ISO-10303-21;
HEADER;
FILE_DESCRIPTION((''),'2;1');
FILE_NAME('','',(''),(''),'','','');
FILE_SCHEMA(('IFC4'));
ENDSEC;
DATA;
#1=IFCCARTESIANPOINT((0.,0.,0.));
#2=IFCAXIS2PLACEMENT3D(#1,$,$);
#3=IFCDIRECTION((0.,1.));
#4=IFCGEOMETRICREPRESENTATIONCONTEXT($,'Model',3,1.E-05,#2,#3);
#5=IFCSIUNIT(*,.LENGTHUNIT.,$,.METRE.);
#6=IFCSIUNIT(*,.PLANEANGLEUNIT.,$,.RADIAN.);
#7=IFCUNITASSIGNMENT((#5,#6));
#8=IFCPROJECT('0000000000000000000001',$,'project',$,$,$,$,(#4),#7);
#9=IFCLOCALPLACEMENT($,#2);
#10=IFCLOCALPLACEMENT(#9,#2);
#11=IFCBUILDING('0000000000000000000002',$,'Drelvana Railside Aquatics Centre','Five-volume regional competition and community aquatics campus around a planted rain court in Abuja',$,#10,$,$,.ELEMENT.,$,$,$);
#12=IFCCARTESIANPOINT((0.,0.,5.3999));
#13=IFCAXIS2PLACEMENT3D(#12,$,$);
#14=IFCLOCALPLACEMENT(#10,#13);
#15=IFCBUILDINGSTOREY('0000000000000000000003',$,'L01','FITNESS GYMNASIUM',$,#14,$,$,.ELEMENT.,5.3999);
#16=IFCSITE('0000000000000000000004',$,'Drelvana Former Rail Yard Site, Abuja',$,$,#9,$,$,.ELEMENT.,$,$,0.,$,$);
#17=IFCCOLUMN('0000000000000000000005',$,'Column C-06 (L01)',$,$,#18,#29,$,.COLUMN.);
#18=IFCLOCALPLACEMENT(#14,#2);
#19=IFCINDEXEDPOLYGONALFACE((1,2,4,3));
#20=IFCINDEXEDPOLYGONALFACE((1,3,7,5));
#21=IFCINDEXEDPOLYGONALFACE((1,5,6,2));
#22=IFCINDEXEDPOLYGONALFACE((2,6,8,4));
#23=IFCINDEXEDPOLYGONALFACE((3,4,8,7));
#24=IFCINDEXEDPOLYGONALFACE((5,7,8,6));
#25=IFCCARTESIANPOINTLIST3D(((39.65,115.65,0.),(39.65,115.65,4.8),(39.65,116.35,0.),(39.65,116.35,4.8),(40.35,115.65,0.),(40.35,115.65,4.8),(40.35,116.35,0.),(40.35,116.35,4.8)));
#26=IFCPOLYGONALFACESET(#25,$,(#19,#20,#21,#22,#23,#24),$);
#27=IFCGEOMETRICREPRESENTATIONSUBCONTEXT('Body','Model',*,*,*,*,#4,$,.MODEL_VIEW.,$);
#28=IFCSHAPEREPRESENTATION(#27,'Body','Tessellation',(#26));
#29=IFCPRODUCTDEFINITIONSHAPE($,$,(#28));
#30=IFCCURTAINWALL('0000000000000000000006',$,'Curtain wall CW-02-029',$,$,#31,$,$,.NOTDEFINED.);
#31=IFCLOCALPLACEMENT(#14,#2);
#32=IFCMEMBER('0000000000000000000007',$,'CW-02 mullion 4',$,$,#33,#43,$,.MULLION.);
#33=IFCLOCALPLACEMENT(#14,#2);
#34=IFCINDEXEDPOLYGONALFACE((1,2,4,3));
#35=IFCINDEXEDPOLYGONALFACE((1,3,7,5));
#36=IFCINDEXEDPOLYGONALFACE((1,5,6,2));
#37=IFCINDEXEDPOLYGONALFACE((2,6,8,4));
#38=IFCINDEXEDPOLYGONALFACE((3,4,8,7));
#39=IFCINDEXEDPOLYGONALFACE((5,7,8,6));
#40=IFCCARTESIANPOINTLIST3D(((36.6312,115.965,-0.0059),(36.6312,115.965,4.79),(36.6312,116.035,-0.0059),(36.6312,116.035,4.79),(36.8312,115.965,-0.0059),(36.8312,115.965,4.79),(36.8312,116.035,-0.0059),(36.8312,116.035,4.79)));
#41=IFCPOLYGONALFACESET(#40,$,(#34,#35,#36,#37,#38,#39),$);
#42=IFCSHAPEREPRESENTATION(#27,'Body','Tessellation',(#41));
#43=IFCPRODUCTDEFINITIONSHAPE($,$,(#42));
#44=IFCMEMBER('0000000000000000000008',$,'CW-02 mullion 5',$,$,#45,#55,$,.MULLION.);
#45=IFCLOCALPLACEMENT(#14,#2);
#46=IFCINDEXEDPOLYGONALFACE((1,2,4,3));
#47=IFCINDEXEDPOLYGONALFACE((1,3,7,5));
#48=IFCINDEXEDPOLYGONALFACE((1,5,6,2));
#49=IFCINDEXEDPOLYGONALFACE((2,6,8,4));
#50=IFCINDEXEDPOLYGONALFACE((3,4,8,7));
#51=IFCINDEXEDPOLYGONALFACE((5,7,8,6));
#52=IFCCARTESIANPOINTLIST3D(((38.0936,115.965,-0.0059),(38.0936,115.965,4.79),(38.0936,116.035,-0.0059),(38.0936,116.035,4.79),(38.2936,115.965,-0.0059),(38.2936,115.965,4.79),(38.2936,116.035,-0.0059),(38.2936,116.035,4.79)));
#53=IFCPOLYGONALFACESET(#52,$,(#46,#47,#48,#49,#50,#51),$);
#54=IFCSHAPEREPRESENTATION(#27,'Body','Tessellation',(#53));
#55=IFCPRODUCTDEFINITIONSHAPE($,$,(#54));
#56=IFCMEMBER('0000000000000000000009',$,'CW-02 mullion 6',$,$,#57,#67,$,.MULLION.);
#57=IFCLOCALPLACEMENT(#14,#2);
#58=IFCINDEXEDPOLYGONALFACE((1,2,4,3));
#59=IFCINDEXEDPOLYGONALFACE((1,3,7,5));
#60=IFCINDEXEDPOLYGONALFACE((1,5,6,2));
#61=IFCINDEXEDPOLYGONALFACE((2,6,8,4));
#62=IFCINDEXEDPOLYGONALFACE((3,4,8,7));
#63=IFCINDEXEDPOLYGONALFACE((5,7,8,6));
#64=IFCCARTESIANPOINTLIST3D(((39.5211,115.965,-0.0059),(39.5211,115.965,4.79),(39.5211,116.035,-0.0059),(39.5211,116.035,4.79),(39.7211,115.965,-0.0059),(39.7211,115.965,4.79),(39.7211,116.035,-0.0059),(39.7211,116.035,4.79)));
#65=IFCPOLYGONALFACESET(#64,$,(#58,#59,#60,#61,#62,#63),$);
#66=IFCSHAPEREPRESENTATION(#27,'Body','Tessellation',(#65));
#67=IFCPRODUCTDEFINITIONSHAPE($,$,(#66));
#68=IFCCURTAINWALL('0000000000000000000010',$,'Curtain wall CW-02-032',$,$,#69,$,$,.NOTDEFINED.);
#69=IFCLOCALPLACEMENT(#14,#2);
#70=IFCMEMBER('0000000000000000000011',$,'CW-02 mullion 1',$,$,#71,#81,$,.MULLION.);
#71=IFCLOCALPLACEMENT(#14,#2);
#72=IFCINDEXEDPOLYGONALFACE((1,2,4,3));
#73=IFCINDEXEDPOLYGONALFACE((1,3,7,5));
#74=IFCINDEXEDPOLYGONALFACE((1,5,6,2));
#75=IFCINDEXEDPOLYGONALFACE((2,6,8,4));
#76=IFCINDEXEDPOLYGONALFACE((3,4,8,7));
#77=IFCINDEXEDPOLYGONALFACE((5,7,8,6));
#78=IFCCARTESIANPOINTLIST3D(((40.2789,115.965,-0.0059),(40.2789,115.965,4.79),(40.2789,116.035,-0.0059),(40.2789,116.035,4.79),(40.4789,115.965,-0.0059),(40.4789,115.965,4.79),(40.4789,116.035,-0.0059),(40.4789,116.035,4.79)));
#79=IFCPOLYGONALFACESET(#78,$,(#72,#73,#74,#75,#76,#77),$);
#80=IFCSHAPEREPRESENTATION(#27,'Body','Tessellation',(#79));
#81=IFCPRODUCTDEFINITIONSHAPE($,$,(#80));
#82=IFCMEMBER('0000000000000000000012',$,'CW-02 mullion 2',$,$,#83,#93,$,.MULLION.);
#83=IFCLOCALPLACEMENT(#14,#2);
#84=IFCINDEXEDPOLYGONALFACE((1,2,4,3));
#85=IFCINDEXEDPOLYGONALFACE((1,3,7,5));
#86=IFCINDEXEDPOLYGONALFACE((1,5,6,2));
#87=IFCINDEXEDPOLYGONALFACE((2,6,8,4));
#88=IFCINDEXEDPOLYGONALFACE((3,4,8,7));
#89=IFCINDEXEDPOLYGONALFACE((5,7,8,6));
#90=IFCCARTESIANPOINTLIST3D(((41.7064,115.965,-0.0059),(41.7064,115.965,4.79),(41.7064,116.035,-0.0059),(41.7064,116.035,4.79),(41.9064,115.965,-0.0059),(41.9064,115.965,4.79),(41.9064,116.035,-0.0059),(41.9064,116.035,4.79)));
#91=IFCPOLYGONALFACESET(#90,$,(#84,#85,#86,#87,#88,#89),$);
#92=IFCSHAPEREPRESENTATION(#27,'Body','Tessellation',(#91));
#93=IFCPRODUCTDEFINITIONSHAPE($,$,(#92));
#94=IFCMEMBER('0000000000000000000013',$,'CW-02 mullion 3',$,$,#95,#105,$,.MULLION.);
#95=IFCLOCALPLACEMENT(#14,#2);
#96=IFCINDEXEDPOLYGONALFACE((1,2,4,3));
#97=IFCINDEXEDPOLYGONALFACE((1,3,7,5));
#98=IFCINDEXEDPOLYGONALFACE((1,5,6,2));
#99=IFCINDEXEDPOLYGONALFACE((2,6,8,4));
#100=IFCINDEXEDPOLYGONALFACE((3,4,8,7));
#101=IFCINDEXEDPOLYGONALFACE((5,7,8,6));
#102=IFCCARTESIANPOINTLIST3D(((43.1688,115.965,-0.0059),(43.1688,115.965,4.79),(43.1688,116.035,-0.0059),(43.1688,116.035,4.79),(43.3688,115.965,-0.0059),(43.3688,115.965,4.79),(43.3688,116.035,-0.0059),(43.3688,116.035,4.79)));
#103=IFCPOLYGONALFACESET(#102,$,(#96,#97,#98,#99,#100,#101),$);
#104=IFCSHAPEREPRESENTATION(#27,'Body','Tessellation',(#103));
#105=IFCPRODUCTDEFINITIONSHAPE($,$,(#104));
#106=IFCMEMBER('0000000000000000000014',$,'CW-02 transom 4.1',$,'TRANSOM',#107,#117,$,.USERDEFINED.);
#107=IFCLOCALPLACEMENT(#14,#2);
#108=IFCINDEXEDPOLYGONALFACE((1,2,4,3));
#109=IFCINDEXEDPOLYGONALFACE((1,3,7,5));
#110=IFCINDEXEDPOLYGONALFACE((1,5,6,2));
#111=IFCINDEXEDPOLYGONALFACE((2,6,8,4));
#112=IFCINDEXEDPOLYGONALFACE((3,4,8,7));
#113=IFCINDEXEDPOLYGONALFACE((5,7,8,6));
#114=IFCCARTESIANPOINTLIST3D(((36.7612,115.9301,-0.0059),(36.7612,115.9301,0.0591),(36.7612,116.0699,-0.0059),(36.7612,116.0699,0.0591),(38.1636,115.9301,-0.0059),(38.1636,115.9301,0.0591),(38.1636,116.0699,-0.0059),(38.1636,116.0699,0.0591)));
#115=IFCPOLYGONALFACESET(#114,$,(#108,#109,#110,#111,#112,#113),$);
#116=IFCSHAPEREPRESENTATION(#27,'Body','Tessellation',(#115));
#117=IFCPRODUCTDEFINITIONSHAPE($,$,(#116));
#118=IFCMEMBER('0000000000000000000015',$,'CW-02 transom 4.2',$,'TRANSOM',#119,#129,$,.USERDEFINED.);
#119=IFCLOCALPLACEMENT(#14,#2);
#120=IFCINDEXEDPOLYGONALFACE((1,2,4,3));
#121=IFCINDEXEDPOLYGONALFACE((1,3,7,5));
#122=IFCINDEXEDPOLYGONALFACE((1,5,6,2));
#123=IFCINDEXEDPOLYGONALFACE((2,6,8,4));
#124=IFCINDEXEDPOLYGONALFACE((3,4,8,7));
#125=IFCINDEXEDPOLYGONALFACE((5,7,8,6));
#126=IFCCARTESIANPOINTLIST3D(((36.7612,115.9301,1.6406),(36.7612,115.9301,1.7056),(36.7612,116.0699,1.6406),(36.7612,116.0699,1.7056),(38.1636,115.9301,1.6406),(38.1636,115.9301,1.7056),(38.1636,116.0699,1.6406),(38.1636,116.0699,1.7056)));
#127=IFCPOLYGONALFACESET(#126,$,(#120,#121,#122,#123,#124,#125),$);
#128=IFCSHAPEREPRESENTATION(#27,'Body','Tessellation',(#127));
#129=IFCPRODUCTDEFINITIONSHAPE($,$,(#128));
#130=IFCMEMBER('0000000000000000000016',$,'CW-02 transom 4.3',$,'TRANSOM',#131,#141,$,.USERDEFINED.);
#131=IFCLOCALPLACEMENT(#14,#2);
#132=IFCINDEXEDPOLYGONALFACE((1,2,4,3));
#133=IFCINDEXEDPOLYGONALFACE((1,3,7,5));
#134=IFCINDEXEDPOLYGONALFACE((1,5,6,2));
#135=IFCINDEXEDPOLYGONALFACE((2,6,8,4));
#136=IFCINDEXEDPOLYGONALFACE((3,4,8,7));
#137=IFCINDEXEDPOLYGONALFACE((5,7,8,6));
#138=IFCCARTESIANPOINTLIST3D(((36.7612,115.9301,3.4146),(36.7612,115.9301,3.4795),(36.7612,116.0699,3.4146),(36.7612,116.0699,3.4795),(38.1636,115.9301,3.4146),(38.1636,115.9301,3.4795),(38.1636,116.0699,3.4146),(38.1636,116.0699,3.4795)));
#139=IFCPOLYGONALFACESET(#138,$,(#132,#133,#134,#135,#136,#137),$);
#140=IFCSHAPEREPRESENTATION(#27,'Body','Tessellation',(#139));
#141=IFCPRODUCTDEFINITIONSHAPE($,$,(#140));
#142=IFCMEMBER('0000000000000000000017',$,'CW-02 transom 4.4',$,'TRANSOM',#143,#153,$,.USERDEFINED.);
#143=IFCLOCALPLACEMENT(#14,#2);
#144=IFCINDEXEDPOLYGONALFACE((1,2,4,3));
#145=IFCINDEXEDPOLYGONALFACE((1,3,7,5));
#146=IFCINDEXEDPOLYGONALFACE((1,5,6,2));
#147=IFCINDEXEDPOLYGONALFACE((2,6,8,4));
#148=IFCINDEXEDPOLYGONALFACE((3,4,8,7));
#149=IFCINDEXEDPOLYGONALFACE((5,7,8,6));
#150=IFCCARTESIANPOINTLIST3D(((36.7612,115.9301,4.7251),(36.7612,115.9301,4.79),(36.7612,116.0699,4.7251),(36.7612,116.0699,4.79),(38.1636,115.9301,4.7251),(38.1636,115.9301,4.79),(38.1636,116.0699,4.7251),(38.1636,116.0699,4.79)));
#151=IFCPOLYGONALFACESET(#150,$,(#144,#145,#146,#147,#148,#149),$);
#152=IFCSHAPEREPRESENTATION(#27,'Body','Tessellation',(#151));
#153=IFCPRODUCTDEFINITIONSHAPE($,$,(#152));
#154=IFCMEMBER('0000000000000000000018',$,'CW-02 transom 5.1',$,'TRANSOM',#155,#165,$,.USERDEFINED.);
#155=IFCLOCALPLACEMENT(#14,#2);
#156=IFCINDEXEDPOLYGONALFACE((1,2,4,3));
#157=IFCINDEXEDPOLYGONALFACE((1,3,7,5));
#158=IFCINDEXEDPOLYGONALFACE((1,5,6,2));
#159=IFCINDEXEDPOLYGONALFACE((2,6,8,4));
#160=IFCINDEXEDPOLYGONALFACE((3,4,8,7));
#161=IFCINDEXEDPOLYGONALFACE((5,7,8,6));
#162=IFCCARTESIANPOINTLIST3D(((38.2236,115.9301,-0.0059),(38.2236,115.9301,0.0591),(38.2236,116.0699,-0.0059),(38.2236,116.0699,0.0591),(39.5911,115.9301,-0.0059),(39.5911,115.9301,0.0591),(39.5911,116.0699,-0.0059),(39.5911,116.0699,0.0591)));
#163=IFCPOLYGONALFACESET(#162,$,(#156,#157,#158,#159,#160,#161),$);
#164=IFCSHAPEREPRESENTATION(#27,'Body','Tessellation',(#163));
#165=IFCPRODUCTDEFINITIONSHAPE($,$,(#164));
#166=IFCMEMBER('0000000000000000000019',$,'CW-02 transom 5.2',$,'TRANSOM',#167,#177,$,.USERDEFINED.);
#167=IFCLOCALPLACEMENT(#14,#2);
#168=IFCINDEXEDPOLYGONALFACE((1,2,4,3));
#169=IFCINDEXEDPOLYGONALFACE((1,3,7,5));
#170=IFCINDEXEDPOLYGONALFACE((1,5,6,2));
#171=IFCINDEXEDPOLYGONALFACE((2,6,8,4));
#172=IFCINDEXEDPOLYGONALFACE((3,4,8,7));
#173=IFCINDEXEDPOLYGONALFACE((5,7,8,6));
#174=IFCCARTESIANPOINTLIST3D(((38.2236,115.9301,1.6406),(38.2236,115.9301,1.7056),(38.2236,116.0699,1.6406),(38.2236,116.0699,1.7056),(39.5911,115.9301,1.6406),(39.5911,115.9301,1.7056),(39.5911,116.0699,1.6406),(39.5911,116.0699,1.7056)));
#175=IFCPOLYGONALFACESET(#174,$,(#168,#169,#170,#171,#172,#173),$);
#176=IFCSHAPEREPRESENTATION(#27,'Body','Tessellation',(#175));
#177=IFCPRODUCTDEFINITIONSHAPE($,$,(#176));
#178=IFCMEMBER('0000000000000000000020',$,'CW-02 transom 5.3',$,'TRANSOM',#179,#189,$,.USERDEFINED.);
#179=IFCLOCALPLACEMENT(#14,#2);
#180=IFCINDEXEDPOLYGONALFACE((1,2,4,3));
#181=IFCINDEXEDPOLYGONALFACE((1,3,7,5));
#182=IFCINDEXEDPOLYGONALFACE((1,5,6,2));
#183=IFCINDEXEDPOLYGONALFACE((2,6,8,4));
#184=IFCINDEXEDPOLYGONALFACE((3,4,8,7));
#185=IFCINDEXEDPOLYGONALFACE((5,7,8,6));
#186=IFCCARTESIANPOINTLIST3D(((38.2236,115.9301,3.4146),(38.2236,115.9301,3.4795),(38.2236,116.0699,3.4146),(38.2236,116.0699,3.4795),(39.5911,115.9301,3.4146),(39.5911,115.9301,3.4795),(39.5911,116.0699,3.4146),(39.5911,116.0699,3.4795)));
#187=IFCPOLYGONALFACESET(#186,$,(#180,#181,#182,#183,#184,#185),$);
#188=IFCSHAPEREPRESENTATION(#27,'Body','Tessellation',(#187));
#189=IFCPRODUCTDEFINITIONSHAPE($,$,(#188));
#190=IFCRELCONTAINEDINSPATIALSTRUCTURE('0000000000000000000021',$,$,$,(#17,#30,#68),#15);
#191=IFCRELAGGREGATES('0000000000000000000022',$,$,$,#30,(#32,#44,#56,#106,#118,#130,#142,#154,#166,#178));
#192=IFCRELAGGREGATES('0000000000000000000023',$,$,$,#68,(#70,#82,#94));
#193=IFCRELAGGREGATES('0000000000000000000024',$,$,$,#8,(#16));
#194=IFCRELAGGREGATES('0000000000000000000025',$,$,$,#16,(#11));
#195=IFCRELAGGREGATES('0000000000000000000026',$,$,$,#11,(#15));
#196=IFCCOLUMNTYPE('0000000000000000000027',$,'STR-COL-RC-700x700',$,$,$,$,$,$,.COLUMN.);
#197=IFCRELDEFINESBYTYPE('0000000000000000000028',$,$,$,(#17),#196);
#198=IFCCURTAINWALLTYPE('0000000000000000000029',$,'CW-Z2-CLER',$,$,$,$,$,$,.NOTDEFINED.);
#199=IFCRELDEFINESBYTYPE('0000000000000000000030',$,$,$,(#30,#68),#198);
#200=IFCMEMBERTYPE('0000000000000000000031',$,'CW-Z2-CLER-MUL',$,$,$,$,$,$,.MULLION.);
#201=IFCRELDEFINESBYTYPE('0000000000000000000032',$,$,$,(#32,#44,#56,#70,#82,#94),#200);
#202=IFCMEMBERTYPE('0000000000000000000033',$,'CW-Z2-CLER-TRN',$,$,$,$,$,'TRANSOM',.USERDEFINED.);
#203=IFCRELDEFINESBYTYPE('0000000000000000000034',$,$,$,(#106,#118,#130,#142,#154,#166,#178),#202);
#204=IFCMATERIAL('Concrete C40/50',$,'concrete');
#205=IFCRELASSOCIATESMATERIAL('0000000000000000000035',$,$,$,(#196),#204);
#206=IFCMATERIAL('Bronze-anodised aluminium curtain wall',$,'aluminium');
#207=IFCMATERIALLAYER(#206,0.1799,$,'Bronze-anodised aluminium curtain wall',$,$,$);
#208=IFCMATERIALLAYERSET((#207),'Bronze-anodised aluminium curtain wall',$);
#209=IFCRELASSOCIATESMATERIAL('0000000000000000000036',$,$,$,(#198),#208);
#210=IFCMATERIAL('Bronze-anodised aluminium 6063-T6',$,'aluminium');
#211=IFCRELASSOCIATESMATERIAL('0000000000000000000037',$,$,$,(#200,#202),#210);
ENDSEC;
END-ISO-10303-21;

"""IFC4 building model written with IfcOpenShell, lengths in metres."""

from ifc_helpers import new_model, si_unit, direction, frame, origin, origin_2d, place, context, subcontext, project, spatial, rectangle, extrude, material, layer, layer_set, material_profile, profile_set, type_object, element, aggregate, save


model = new_model("IFC4")

# Units and contexts
model_context = context("Model", 3, precision=1e-05, world=origin(), true_north=direction((0.0, 1.0)))
body_context = subcontext(model_context, "Body", "Model", "MODEL_VIEW")
ifc_project = project(units=[si_unit("LENGTHUNIT", "METRE"), si_unit("PLANEANGLEUNIT", "RADIAN")], contexts=[model_context])

# Site, building, storey
site_placement = place(None, origin())
site = spatial("IfcSite", under=ifc_project, at=site_placement, Name="Drelvana Former Rail Yard Site, Abuja", CompositionType="ELEMENT", RefElevation=0.0)
building_placement = place(site_placement, origin())
building = spatial("IfcBuilding", under=site, at=building_placement, Name="Drelvana Railside Aquatics Centre", Description="Five-volume regional competition and community aquatics campus around a planted rain court in Abuja", CompositionType="ELEMENT")
storey_placement = place(building_placement, frame((0.0, 0.0, 5.3999)))
storey = spatial("IfcBuildingStorey", under=building, at=storey_placement, Name="L01", Description="FITNESS GYMNASIUM", CompositionType="ELEMENT", Elevation=5.3999)

# Column
ifc_material_1 = material(Name="Concrete C40/50", Category="concrete")
ifc_material_profile_1 = material_profile(ifc_material_1, rectangle(XDim=0.7, YDim=0.7, at=origin_2d()), Name="RC 700x700")
ifc_profile_set_1 = profile_set([ifc_material_profile_1], Name="Concrete C40/50")
column_type = type_object("IfcColumnType", Name="STR-COL-RC-700x700", PredefinedType="COLUMN", material=ifc_profile_set_1)
column_placement = place(storey_placement, frame((40.0, 116.0, 0.0), z_axis=(0.0, 0.0, 1.0), x_axis=(1.0, 0.0, 0.0)))
element("IfcColumn", 1, at=column_placement, inside=storey, type_object=column_type, Name="Column C-06 (L01)", PredefinedType="COLUMN", context=body_context, shape_type="SweptSolid", body=[
    extrude(rectangle(XDim=0.7, YDim=0.7, at=origin_2d()), origin(), (0.0, 0.0, 1.0), 4.8),
])

# Curtain walls, members
ifc_material_2 = material(Name="Bronze-anodised aluminium curtain wall", Category="aluminium")
ifc_layer_1 = layer(ifc_material_2, 0.1799, Name="Bronze-anodised aluminium curtain wall")
ifc_layer_set_1 = layer_set([ifc_layer_1], Name="Bronze-anodised aluminium curtain wall")
curtain_wall_type = type_object("IfcCurtainWallType", Name="CW-Z2-CLER", PredefinedType="NOTDEFINED", material=ifc_layer_set_1)
curtain_wall_1_placement = place(storey_placement, origin())
curtain_wall_1 = element("IfcCurtainWall", 2, at=curtain_wall_1_placement, inside=storey, type_object=curtain_wall_type, Name="Curtain wall CW-02-029", PredefinedType="NOTDEFINED")
ifc_material_3 = material(Name="Bronze-anodised aluminium 6063-T6", Category="aluminium")
ifc_material_profile_2 = material_profile(ifc_material_3, rectangle(XDim=0.0701, YDim=0.2, at=origin_2d()), Name="ALU-M 70x200")
ifc_profile_set_2 = profile_set([ifc_material_profile_2], Name="Bronze-anodised aluminium 6063-T6")
member_type_1 = type_object("IfcMemberType", Name="CW-Z2-CLER-MUL", PredefinedType="MULLION", material=ifc_profile_set_2)
member_1_placement = place(storey_placement, frame((36.7312, 116.0, -0.0059), z_axis=(0.0, 0.0, 1.0), x_axis=(0.0, 1.0, 0.0)))
member_1 = element("IfcMember", 3, at=member_1_placement, type_object=member_type_1, Name="CW-02 mullion 4", PredefinedType="MULLION", context=body_context, shape_type="SweptSolid", body=[
    extrude(rectangle(XDim=0.0701, YDim=0.2, at=origin_2d()), origin(), (0.0, 0.0, 1.0), 4.7959),
])
member_2_placement = place(storey_placement, frame((38.1936, 116.0, -0.0059), z_axis=(0.0, 0.0, 1.0), x_axis=(0.0, 1.0, 0.0)))
member_2 = element("IfcMember", 4, at=member_2_placement, type_object=member_type_1, Name="CW-02 mullion 5", PredefinedType="MULLION", context=body_context, shape_type="SweptSolid", body=[
    extrude(rectangle(XDim=0.0701, YDim=0.2, at=origin_2d()), origin(), (0.0, 0.0, 1.0), 4.7959),
])
member_3_placement = place(storey_placement, frame((39.6211, 116.0, -0.0059), z_axis=(0.0, 0.0, 1.0), x_axis=(0.0, 1.0, 0.0)))
member_3 = element("IfcMember", 5, at=member_3_placement, type_object=member_type_1, Name="CW-02 mullion 6", PredefinedType="MULLION", context=body_context, shape_type="SweptSolid", body=[
    extrude(rectangle(XDim=0.0701, YDim=0.2, at=origin_2d()), origin(), (0.0, 0.0, 1.0), 4.7959),
])
curtain_wall_2_placement = place(storey_placement, origin())
curtain_wall_2 = element("IfcCurtainWall", 6, at=curtain_wall_2_placement, inside=storey, type_object=curtain_wall_type, Name="Curtain wall CW-02-032", PredefinedType="NOTDEFINED")
member_4_placement = place(storey_placement, frame((40.3789, 116.0, -0.0059), z_axis=(0.0, 0.0, 1.0), x_axis=(0.0, 1.0, 0.0)))
member_4 = element("IfcMember", 7, at=member_4_placement, type_object=member_type_1, Name="CW-02 mullion 1", PredefinedType="MULLION", context=body_context, shape_type="SweptSolid", body=[
    extrude(rectangle(XDim=0.0701, YDim=0.2, at=origin_2d()), origin(), (0.0, 0.0, 1.0), 4.7959),
])
member_5_placement = place(storey_placement, frame((41.8064, 116.0, -0.0059), z_axis=(0.0, 0.0, 1.0), x_axis=(0.0, 1.0, 0.0)))
member_5 = element("IfcMember", 8, at=member_5_placement, type_object=member_type_1, Name="CW-02 mullion 2", PredefinedType="MULLION", context=body_context, shape_type="SweptSolid", body=[
    extrude(rectangle(XDim=0.0701, YDim=0.2, at=origin_2d()), origin(), (0.0, 0.0, 1.0), 4.7959),
])
member_6_placement = place(storey_placement, frame((43.2688, 116.0, -0.0059), z_axis=(0.0, 0.0, 1.0), x_axis=(0.0, 1.0, 0.0)))
member_6 = element("IfcMember", 9, at=member_6_placement, type_object=member_type_1, Name="CW-02 mullion 3", PredefinedType="MULLION", context=body_context, shape_type="SweptSolid", body=[
    extrude(rectangle(XDim=0.0701, YDim=0.2, at=origin_2d()), origin(), (0.0, 0.0, 1.0), 4.7959),
])

# Members
ifc_material_profile_3 = material_profile(ifc_material_3, rectangle(XDim=0.1399, YDim=0.0649, at=origin_2d()), Name="ALU-T 65x140")
ifc_profile_set_3 = profile_set([ifc_material_profile_3], Name="Bronze-anodised aluminium 6063-T6")
member_type_2 = type_object("IfcMemberType", Name="CW-Z2-CLER-TRN", ElementType="TRANSOM", PredefinedType="USERDEFINED", material=ifc_profile_set_3)
member_7_placement = place(storey_placement, frame((36.7612, 116.0, 0.0266), z_axis=(1.0, 0.0, 0.0), x_axis=(0.0, 1.0, 0.0)))
member_7 = element("IfcMember", 10, at=member_7_placement, type_object=member_type_2, Name="CW-02 transom 4.1", ObjectType="TRANSOM", PredefinedType="USERDEFINED", context=body_context, shape_type="SweptSolid", body=[
    extrude(rectangle(XDim=0.1399, YDim=0.0649, at=origin_2d()), origin(), (0.0, 0.0, 1.0), 1.4023),
])
member_8_placement = place(storey_placement, frame((36.7612, 116.0, 1.6731), z_axis=(1.0, 0.0, 0.0), x_axis=(0.0, 1.0, 0.0)))
member_8 = element("IfcMember", 11, at=member_8_placement, type_object=member_type_2, Name="CW-02 transom 4.2", ObjectType="TRANSOM", PredefinedType="USERDEFINED", context=body_context, shape_type="SweptSolid", body=[
    extrude(rectangle(XDim=0.1399, YDim=0.0649, at=origin_2d()), origin(), (0.0, 0.0, 1.0), 1.4023),
])
member_9_placement = place(storey_placement, frame((36.7612, 116.0, 3.447), z_axis=(1.0, 0.0, 0.0), x_axis=(0.0, 1.0, 0.0)))
member_9 = element("IfcMember", 12, at=member_9_placement, type_object=member_type_2, Name="CW-02 transom 4.3", ObjectType="TRANSOM", PredefinedType="USERDEFINED", context=body_context, shape_type="SweptSolid", body=[
    extrude(rectangle(XDim=0.1399, YDim=0.0649, at=origin_2d()), origin(), (0.0, 0.0, 1.0), 1.4023),
])
member_10_placement = place(storey_placement, frame((36.7612, 116.0, 4.7576), z_axis=(1.0, 0.0, 0.0), x_axis=(0.0, 1.0, 0.0)))
member_10 = element("IfcMember", 13, at=member_10_placement, type_object=member_type_2, Name="CW-02 transom 4.4", ObjectType="TRANSOM", PredefinedType="USERDEFINED", context=body_context, shape_type="SweptSolid", body=[
    extrude(rectangle(XDim=0.1399, YDim=0.0649, at=origin_2d()), origin(), (0.0, 0.0, 1.0), 1.4023),
])
member_11_placement = place(storey_placement, frame((38.2236, 116.0, 0.0266), z_axis=(1.0, 0.0, 0.0), x_axis=(0.0, 1.0, 0.0)))
member_11 = element("IfcMember", 14, at=member_11_placement, type_object=member_type_2, Name="CW-02 transom 5.1", ObjectType="TRANSOM", PredefinedType="USERDEFINED", context=body_context, shape_type="SweptSolid", body=[
    extrude(rectangle(XDim=0.1399, YDim=0.0649, at=origin_2d()), origin(), (0.0, 0.0, 1.0), 1.3674),
])
member_12_placement = place(storey_placement, frame((38.2236, 116.0, 1.6731), z_axis=(1.0, 0.0, 0.0), x_axis=(0.0, 1.0, 0.0)))
member_12 = element("IfcMember", 15, at=member_12_placement, type_object=member_type_2, Name="CW-02 transom 5.2", ObjectType="TRANSOM", PredefinedType="USERDEFINED", context=body_context, shape_type="SweptSolid", body=[
    extrude(rectangle(XDim=0.1399, YDim=0.0649, at=origin_2d()), origin(), (0.0, 0.0, 1.0), 1.3674),
])
member_13_placement = place(storey_placement, frame((38.2236, 116.0, 3.447), z_axis=(1.0, 0.0, 0.0), x_axis=(0.0, 1.0, 0.0)))
member_13 = element("IfcMember", 16, at=member_13_placement, type_object=member_type_2, Name="CW-02 transom 5.3", ObjectType="TRANSOM", PredefinedType="USERDEFINED", context=body_context, shape_type="SweptSolid", body=[
    extrude(rectangle(XDim=0.1399, YDim=0.0649, at=origin_2d()), origin(), (0.0, 0.0, 1.0), 1.3674),
])

aggregate(curtain_wall_1, [member_1, member_2, member_3, member_7, member_8, member_9, member_10, member_11, member_12, member_13])
aggregate(curtain_wall_2, [member_4, member_5, member_6])

save(model, "model.ifc")
